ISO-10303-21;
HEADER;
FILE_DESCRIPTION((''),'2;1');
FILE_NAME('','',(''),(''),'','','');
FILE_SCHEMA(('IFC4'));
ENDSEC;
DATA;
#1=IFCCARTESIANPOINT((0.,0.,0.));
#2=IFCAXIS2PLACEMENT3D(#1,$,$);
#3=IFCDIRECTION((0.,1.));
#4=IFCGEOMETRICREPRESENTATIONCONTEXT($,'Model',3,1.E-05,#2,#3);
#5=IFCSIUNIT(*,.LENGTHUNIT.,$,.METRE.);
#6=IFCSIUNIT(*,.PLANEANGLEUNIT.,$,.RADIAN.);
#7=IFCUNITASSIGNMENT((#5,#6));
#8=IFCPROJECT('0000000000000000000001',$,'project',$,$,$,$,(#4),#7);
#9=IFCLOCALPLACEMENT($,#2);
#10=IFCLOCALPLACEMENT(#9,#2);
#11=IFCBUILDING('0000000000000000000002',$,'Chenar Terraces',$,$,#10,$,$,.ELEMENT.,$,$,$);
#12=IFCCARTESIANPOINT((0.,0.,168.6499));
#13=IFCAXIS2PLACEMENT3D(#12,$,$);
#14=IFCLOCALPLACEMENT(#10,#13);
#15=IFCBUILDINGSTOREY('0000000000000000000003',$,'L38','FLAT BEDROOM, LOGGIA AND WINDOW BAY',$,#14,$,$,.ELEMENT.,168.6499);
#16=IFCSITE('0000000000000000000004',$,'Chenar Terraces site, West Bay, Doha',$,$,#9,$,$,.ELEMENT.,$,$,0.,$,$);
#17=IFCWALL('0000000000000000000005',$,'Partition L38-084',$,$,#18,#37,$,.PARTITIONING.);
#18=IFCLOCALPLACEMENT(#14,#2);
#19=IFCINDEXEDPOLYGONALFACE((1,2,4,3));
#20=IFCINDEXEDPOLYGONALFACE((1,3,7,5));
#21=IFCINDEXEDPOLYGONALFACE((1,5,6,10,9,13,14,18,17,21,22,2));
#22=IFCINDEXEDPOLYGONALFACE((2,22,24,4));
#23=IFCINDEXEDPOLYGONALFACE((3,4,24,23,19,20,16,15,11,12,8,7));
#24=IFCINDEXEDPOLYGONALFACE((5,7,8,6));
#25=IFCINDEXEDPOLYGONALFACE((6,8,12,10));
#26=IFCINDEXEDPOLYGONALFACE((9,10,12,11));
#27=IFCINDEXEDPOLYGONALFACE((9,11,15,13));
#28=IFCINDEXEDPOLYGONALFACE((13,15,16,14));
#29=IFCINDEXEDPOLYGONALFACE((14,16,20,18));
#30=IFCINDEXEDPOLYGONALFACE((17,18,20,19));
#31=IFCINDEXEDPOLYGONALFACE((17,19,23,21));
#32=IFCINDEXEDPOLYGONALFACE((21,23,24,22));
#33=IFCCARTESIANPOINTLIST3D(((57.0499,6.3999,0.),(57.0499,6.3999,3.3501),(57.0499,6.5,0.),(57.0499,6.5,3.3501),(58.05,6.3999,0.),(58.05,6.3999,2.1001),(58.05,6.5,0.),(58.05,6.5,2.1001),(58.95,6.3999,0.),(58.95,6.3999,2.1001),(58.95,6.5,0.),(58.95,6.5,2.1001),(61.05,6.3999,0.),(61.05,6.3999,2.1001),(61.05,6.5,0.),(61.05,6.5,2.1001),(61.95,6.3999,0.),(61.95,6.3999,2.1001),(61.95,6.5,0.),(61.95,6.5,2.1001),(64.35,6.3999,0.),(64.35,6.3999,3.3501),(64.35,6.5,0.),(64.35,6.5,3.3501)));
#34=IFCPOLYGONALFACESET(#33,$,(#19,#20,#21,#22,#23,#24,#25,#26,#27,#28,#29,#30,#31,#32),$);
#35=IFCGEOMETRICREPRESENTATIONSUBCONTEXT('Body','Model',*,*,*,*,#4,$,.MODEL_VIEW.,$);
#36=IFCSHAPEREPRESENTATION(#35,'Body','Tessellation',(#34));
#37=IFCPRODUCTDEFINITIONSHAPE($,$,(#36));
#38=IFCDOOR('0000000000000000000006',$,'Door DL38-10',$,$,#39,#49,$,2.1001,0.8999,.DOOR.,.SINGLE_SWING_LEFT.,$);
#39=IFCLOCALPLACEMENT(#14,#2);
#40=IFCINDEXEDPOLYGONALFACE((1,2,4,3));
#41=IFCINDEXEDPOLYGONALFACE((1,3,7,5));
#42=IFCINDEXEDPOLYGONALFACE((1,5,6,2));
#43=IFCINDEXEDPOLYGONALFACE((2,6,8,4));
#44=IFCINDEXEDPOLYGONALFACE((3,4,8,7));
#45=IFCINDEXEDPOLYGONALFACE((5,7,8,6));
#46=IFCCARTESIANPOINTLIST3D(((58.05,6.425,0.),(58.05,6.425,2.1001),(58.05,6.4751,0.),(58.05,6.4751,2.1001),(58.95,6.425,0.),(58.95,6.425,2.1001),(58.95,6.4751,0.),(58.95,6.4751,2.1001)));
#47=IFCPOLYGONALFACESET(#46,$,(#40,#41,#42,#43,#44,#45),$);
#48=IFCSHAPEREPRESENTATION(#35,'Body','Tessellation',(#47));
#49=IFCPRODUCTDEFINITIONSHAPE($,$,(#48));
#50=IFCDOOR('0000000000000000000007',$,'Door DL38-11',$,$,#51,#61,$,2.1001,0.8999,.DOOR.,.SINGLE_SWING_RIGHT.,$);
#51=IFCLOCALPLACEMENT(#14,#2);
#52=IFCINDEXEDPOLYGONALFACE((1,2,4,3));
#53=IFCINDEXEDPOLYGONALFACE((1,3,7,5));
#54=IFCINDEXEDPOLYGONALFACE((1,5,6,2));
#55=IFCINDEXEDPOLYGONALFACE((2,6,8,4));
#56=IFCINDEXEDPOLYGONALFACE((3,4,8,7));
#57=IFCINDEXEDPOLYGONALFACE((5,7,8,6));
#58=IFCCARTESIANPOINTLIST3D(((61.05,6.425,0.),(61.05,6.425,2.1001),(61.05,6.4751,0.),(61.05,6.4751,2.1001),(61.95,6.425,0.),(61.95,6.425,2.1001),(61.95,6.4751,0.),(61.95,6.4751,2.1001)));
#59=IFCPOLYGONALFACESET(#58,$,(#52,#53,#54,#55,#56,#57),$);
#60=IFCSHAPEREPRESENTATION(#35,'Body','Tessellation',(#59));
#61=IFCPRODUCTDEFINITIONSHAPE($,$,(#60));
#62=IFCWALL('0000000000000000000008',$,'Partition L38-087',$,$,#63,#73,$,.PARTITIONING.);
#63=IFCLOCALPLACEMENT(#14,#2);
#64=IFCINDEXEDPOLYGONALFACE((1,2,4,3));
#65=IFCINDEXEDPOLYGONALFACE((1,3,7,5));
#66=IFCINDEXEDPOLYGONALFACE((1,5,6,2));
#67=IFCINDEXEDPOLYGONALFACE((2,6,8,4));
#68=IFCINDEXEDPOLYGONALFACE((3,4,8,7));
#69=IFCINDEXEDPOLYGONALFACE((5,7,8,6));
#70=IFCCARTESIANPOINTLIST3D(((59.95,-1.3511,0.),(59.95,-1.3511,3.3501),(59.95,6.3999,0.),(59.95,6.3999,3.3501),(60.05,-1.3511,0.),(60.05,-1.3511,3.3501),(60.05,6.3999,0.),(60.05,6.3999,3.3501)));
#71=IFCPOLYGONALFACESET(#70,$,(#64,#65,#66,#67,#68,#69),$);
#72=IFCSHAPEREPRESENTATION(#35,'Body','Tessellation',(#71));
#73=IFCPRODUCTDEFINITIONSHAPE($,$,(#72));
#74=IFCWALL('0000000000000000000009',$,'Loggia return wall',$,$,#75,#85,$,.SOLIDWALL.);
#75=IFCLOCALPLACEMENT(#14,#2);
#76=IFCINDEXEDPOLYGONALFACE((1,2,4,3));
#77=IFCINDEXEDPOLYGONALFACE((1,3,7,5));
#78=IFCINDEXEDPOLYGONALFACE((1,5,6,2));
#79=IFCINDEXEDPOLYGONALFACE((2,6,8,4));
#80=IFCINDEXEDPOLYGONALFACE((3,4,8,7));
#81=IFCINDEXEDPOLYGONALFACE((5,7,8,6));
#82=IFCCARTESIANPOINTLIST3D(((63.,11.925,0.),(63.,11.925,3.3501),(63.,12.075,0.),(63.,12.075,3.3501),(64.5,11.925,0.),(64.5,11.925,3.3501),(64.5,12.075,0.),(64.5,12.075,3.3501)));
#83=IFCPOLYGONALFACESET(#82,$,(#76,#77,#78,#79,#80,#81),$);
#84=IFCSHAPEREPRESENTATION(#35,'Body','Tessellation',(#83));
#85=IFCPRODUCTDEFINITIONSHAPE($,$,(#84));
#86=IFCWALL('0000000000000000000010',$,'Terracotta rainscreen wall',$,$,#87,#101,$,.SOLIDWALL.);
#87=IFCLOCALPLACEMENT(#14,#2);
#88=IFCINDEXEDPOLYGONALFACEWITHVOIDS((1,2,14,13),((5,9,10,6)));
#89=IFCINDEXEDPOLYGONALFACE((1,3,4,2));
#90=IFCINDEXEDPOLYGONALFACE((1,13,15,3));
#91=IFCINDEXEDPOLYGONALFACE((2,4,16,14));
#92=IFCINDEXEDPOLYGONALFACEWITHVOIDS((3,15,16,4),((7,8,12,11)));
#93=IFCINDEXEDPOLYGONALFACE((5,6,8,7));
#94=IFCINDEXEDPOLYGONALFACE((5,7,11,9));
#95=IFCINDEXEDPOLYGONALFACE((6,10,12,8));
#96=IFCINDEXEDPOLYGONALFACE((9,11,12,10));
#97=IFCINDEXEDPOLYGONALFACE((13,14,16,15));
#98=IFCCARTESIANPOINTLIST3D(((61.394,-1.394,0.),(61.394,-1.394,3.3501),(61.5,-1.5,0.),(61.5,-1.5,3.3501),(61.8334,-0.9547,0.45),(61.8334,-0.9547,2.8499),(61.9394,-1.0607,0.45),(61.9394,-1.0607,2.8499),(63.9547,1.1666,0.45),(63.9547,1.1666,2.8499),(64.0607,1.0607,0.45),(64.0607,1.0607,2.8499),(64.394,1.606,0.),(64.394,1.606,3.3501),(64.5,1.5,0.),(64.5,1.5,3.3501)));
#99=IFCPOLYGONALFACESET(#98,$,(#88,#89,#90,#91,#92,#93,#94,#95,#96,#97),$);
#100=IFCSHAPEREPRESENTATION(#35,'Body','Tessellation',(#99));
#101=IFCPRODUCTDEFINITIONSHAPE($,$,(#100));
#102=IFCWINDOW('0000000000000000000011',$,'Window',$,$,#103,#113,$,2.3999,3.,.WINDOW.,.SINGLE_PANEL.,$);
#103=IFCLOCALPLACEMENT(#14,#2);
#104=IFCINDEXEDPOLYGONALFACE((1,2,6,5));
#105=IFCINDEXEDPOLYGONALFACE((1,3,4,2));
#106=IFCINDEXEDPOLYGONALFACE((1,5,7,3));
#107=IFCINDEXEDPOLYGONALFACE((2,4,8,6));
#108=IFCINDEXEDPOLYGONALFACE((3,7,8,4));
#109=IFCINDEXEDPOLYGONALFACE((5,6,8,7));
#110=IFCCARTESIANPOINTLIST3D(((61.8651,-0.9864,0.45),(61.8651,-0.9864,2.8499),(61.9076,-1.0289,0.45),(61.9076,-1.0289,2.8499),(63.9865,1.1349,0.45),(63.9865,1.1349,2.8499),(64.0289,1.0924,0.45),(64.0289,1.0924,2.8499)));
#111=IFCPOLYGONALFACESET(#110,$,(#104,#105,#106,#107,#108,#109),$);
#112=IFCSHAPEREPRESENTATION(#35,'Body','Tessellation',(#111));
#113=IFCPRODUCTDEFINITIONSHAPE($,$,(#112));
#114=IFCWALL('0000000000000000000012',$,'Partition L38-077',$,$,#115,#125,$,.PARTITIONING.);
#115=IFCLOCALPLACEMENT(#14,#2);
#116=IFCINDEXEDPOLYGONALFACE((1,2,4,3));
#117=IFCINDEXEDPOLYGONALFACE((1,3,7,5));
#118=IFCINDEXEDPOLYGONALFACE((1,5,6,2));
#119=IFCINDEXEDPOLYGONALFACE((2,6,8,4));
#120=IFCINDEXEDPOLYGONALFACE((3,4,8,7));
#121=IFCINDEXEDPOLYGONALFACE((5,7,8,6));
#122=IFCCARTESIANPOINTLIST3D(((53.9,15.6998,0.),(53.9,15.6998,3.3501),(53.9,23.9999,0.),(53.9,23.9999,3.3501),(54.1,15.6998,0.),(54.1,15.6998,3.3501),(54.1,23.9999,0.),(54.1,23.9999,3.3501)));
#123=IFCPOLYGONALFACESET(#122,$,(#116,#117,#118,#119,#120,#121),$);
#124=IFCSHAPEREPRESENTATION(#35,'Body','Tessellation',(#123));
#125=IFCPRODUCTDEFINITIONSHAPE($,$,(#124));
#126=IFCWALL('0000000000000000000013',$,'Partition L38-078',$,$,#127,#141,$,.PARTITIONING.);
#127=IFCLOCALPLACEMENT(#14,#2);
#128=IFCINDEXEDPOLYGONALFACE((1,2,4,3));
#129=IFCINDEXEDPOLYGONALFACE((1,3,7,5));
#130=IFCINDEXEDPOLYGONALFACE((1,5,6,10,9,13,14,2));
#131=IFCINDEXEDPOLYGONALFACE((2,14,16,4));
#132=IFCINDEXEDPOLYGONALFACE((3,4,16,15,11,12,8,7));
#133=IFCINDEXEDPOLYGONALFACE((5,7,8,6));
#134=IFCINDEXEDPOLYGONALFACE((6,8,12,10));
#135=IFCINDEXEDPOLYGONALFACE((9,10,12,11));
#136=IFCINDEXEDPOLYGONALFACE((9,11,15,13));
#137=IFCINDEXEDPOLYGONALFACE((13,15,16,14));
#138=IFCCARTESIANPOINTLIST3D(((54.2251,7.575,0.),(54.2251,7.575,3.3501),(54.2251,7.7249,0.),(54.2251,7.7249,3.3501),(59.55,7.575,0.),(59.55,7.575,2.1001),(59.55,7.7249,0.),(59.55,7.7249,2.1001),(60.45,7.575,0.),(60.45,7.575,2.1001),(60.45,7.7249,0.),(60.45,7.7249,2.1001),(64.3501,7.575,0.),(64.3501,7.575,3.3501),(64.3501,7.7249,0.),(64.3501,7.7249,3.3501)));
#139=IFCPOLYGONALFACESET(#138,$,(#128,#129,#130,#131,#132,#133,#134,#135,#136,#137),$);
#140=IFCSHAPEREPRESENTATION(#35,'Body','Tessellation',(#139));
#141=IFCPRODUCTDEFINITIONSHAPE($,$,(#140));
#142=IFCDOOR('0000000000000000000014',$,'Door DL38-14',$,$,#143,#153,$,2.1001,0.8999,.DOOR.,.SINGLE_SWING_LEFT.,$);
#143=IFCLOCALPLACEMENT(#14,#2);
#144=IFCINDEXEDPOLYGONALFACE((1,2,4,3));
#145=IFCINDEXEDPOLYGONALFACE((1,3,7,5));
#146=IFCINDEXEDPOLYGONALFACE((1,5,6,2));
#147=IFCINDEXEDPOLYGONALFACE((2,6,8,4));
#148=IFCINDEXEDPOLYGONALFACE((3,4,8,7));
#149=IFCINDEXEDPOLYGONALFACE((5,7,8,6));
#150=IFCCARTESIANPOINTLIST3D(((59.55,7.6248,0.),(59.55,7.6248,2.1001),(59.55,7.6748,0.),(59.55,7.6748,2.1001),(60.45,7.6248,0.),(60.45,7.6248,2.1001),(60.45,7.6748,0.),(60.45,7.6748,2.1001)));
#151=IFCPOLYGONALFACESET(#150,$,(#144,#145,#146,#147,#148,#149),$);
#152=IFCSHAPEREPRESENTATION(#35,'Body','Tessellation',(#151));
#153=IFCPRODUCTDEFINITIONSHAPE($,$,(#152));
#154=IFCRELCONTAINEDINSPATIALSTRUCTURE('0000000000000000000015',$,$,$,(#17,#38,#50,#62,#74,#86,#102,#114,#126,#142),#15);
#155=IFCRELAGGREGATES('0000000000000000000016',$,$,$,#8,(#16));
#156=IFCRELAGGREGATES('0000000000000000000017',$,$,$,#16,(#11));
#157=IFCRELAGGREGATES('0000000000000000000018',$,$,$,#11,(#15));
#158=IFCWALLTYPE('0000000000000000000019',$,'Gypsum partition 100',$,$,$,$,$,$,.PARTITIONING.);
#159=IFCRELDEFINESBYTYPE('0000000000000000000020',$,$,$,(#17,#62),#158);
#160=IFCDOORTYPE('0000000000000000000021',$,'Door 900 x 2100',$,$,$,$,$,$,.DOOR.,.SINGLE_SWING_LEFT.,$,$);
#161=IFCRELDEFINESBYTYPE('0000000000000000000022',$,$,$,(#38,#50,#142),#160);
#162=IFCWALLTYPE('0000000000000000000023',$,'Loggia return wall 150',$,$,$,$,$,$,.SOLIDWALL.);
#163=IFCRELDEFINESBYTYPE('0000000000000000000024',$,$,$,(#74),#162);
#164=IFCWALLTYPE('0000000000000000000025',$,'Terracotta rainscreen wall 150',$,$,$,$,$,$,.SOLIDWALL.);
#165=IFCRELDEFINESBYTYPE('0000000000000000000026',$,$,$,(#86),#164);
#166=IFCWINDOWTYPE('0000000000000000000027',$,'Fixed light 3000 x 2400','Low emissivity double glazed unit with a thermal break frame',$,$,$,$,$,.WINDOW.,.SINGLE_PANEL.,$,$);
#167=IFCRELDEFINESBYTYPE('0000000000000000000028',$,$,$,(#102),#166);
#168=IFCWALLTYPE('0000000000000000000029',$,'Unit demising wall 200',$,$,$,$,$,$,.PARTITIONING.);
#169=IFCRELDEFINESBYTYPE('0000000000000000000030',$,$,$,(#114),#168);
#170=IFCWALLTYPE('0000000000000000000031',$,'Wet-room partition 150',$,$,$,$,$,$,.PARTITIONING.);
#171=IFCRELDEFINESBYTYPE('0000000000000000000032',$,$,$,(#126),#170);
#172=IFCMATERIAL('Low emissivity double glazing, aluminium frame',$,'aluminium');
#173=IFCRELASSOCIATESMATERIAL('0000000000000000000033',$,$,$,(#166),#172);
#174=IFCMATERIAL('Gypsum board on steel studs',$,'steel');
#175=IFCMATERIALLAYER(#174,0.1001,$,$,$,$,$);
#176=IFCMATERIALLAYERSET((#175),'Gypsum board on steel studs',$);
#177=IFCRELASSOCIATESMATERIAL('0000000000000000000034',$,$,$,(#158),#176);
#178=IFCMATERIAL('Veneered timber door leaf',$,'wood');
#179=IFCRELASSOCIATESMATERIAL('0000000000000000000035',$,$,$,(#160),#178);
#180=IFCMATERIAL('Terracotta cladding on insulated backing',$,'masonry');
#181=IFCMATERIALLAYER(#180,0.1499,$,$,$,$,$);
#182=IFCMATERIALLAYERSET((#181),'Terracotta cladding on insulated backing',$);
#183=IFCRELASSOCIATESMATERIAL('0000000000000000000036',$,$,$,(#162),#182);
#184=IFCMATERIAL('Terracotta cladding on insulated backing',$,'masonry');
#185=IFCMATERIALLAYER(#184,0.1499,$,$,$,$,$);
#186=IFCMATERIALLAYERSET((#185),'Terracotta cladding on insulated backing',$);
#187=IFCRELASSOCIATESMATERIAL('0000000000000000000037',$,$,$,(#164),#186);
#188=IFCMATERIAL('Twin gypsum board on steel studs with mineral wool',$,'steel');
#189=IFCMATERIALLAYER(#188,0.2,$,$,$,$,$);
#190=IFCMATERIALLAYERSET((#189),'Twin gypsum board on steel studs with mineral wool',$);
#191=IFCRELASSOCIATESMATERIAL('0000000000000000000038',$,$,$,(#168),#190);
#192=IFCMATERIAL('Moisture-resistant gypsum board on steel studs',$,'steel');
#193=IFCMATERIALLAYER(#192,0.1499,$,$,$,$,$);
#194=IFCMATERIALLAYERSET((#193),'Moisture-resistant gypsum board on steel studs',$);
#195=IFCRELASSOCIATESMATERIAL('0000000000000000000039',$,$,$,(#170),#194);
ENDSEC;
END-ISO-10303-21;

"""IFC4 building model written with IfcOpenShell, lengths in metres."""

from ifc_helpers import new_model, si_unit, direction, frame, frame_2d, origin, place, context, subcontext, project, spatial, rectangle, extrude, material, layer, layer_set, type_object, element, fill, save


model = new_model("IFC4")

# Units and contexts
model_context = context("Model", 3, precision=1e-05, world=origin(), true_north=direction((0.0, 1.0)))
body_context = subcontext(model_context, "Body", "Model", "MODEL_VIEW")
ifc_project = project(units=[si_unit("LENGTHUNIT", "METRE"), si_unit("PLANEANGLEUNIT", "RADIAN")], contexts=[model_context])

# Site, building, storey
site_placement = place(None, origin())
site = spatial("IfcSite", under=ifc_project, at=site_placement, Name="Chenar Terraces site, West Bay, Doha", CompositionType="ELEMENT", RefElevation=0.0)
building_placement = place(site_placement, origin())
building = spatial("IfcBuilding", under=site, at=building_placement, Name="Chenar Terraces", CompositionType="ELEMENT")
storey_placement = place(building_placement, frame((0.0, 0.0, 168.6499)))
storey = spatial("IfcBuildingStorey", under=building, at=storey_placement, Name="L38", Description="FLAT BEDROOM, LOGGIA AND WINDOW BAY", CompositionType="ELEMENT", Elevation=168.6499)

# Shared definitions
ifc_material_1 = material(Name="Low emissivity double glazing, aluminium frame", Category="aluminium")
window_type_1 = type_object("IfcWindowType", Name="Fixed light 3000 x 2400", Description="Low emissivity double glazed unit with a thermal break frame", PartitioningType="SINGLE_PANEL", PredefinedType="WINDOW", material=ifc_material_1)

# Shared definitions
ifc_material_2 = material(Name="Gypsum board on steel studs", Category="steel")
ifc_layer_1 = layer(ifc_material_2, 0.1001)
ifc_layer_set_1 = layer_set([ifc_layer_1], Name="Gypsum board on steel studs")
wall_type_1 = type_object("IfcWallType", Name="Gypsum partition 100", PredefinedType="PARTITIONING", material=ifc_layer_set_1)

# Wall, openings, doors
wall_1_placement = place(storey_placement, frame((57.05, 6.45, 0.0), z_axis=(0.0, 0.0, 1.0), x_axis=(1.0, 0.0, 0.0)))
wall_1 = element("IfcWall", 1, at=wall_1_placement, inside=storey, type_object=wall_type_1, Name="Partition L38-084", PredefinedType="PARTITIONING", context=body_context, shape_type="SweptSolid", body=[
    extrude(rectangle(XDim=7.3, YDim=0.1001, at=frame_2d((3.6499, 0.0))), origin(), (0.0, 0.0, 1.0), 3.3501),
])
opening_1_placement = place(wall_1_placement, frame((1.0, 0.0, 0.0)))
opening_1 = element("IfcOpeningElement", 2, at=opening_1_placement, cuts=wall_1, PredefinedType="OPENING", context=body_context, shape_type="SweptSolid", body=[
    extrude(rectangle(XDim=0.8999, YDim=2.1001, at=frame_2d((0.45, 1.05))), frame((0.0, 0.0601, 0.0), z_axis=(0.0, -1.0, 0.0), x_axis=(1.0, 0.0, 0.0)), (0.0, 0.0, 1.0), 0.1201),
])
opening_2_placement = place(wall_1_placement, frame((4.0, 0.0, 0.0)))
opening_2 = element("IfcOpeningElement", 3, at=opening_2_placement, cuts=wall_1, PredefinedType="OPENING", context=body_context, shape_type="SweptSolid", body=[
    extrude(rectangle(XDim=0.8999, YDim=2.1001, at=frame_2d((0.45, 1.05))), frame((0.0, 0.0601, 0.0), z_axis=(0.0, -1.0, 0.0), x_axis=(1.0, 0.0, 0.0)), (0.0, 0.0, 1.0), 0.1201),
])
ifc_material_3 = material(Name="Veneered timber door leaf", Category="wood")
door_type_1 = type_object("IfcDoorType", Name="Door 900 x 2100", OperationType="SINGLE_SWING_LEFT", PredefinedType="DOOR", material=ifc_material_3)
door_1_placement = place(opening_1_placement, frame((0.8999, 0.0, 0.0), z_axis=(0.0, 0.0, 1.0), x_axis=(-1.0, 0.0, 0.0)))
door_1 = element("IfcDoor", 4, at=door_1_placement, inside=storey, type_object=door_type_1, Name="Door DL38-10", OperationType="SINGLE_SWING_LEFT", OverallHeight=2.1001, OverallWidth=0.8999, PredefinedType="DOOR", context=body_context, shape_type="SweptSolid", body=[
    extrude(rectangle(XDim=0.8999, YDim=2.1001, at=frame_2d((0.45, 1.05))), frame((0.0, 0.0249, 0.0), z_axis=(0.0, -1.0, 0.0), x_axis=(1.0, 0.0, 0.0)), (0.0, 0.0, 1.0), 0.05),
])
fill(opening_1, door_1)
door_2_placement = place(opening_2_placement, frame((0.8999, 0.0, 0.0), z_axis=(0.0, 0.0, 1.0), x_axis=(-1.0, 0.0, 0.0)))
door_2 = element("IfcDoor", 5, at=door_2_placement, inside=storey, type_object=door_type_1, Name="Door DL38-11", OperationType="SINGLE_SWING_RIGHT", OverallHeight=2.1001, OverallWidth=0.8999, PredefinedType="DOOR", context=body_context, shape_type="SweptSolid", body=[
    extrude(rectangle(XDim=0.8999, YDim=2.1001, at=frame_2d((0.45, 1.05))), frame((0.0, 0.0249, 0.0), z_axis=(0.0, -1.0, 0.0), x_axis=(1.0, 0.0, 0.0)), (0.0, 0.0, 1.0), 0.05),
])
fill(opening_2, door_2)

# Walls
wall_2_placement = place(storey_placement, frame((60.0, -1.3511, 0.0), z_axis=(0.0, 0.0, 1.0), x_axis=(0.0, 1.0, 0.0)))
element("IfcWall", 6, at=wall_2_placement, inside=storey, type_object=wall_type_1, Name="Partition L38-087", PredefinedType="PARTITIONING", context=body_context, shape_type="SweptSolid", body=[
    extrude(rectangle(XDim=7.751, YDim=0.1001, at=frame_2d((3.8755, 0.0))), origin(), (0.0, 0.0, 1.0), 3.3501),
])
ifc_material_4 = material(Name="Terracotta cladding on insulated backing", Category="masonry")
ifc_layer_2 = layer(ifc_material_4, 0.1499)
ifc_layer_set_2 = layer_set([ifc_layer_2], Name="Terracotta cladding on insulated backing")
wall_type_2 = type_object("IfcWallType", Name="Loggia return wall 150", PredefinedType="SOLIDWALL", material=ifc_layer_set_2)
wall_3_placement = place(storey_placement, frame((64.5, 12.0, 0.0), z_axis=(0.0, 0.0, 1.0), x_axis=(-1.0, 0.0, 0.0)))
element("IfcWall", 7, at=wall_3_placement, inside=storey, type_object=wall_type_2, Name="Loggia return wall", PredefinedType="SOLIDWALL", context=body_context, shape_type="SweptSolid", body=[
    extrude(rectangle(XDim=1.5, YDim=0.1499, at=frame_2d((0.75, 0.0))), origin(), (0.0, 0.0, 1.0), 3.3501),
])

# Wall, opening, window
ifc_material_5 = material(Name="Terracotta cladding on insulated backing", Category="masonry")
ifc_layer_3 = layer(ifc_material_5, 0.1499)
ifc_layer_set_3 = layer_set([ifc_layer_3], Name="Terracotta cladding on insulated backing")
wall_type_3 = type_object("IfcWallType", Name="Terracotta rainscreen wall 150", PredefinedType="SOLIDWALL", material=ifc_layer_set_3)
wall_4_placement = place(storey_placement, frame((61.447, -1.447, 0.0), z_axis=(0.0, 0.0, 1.0), x_axis=(0.707107, 0.707107, 0.0)))
wall_4 = element("IfcWall", 8, at=wall_4_placement, inside=storey, type_object=wall_type_3, Name="Terracotta rainscreen wall", PredefinedType="SOLIDWALL", context=body_context, shape_type="SweptSolid", body=[
    extrude(rectangle(XDim=4.2427, YDim=0.1499, at=frame_2d((2.1213, 0.0))), origin(), (0.0, 0.0, 1.0), 3.3501),
])
opening_3_placement = place(wall_4_placement, frame((0.6213, 0.0, 0.45)))
opening_3 = element("IfcOpeningElement", 9, at=opening_3_placement, cuts=wall_4, PredefinedType="OPENING", context=body_context, shape_type="SweptSolid", body=[
    extrude(rectangle(XDim=3.0, YDim=2.3999, at=frame_2d((1.5, 1.2))), frame((0.0, 0.085, 0.0), z_axis=(0.0, -1.0, 0.0), x_axis=(1.0, 0.0, 0.0)), (0.0, 0.0, 1.0), 0.1699),
])
window_1_placement = place(opening_3_placement, origin())
window_1 = element("IfcWindow", 10, at=window_1_placement, inside=storey, type_object=window_type_1, Name="Window", OverallHeight=2.3999, OverallWidth=3.0, PartitioningType="SINGLE_PANEL", PredefinedType="WINDOW", context=body_context, shape_type="SweptSolid", body=[
    extrude(rectangle(XDim=3.0, YDim=2.3999, at=frame_2d((1.5, 1.2))), frame((0.0, 0.03, 0.0), z_axis=(0.0, -1.0, 0.0), x_axis=(1.0, 0.0, 0.0)), (0.0, 0.0, 1.0), 0.0601),
])
fill(opening_3, window_1)

# Wall
ifc_material_6 = material(Name="Twin gypsum board on steel studs with mineral wool", Category="steel")
ifc_layer_4 = layer(ifc_material_6, 0.2)
ifc_layer_set_4 = layer_set([ifc_layer_4], Name="Twin gypsum board on steel studs with mineral wool")
wall_type_4 = type_object("IfcWallType", Name="Unit demising wall 200", PredefinedType="PARTITIONING", material=ifc_layer_set_4)
wall_5_placement = place(storey_placement, frame((54.0, 15.7, 0.0), z_axis=(0.0, 0.0, 1.0), x_axis=(0.0, 1.0, 0.0)))
element("IfcWall", 11, at=wall_5_placement, inside=storey, type_object=wall_type_4, Name="Partition L38-077", PredefinedType="PARTITIONING", context=body_context, shape_type="SweptSolid", body=[
    extrude(rectangle(XDim=8.3, YDim=0.2, at=frame_2d((4.1499, 0.0))), origin(), (0.0, 0.0, 1.0), 3.3501),
])

# Wall, opening, door
ifc_material_7 = material(Name="Moisture-resistant gypsum board on steel studs", Category="steel")
ifc_layer_5 = layer(ifc_material_7, 0.1499)
ifc_layer_set_5 = layer_set([ifc_layer_5], Name="Moisture-resistant gypsum board on steel studs")
wall_type_5 = type_object("IfcWallType", Name="Wet-room partition 150", PredefinedType="PARTITIONING", material=ifc_layer_set_5)
wall_6_placement = place(storey_placement, frame((54.2251, 7.6499, 0.0), z_axis=(0.0, 0.0, 1.0), x_axis=(1.0, 0.0, 0.0)))
wall_6 = element("IfcWall", 12, at=wall_6_placement, inside=storey, type_object=wall_type_5, Name="Partition L38-078", PredefinedType="PARTITIONING", context=body_context, shape_type="SweptSolid", body=[
    extrude(rectangle(XDim=10.125, YDim=0.1499, at=frame_2d((5.0625, 0.0))), origin(), (0.0, 0.0, 1.0), 3.3501),
])
opening_4_placement = place(wall_6_placement, frame((5.325, 0.0, 0.0)))
opening_4 = element("IfcOpeningElement", 13, at=opening_4_placement, cuts=wall_6, PredefinedType="OPENING", context=body_context, shape_type="SweptSolid", body=[
    extrude(rectangle(XDim=0.8999, YDim=2.1001, at=frame_2d((0.45, 1.05))), frame((0.0, 0.085, 0.0), z_axis=(0.0, -1.0, 0.0), x_axis=(1.0, 0.0, 0.0)), (0.0, 0.0, 1.0), 0.1699),
])
door_3_placement = place(opening_4_placement, origin())
door_3 = element("IfcDoor", 14, at=door_3_placement, inside=storey, type_object=door_type_1, Name="Door DL38-14", OperationType="SINGLE_SWING_LEFT", OverallHeight=2.1001, OverallWidth=0.8999, PredefinedType="DOOR", context=body_context, shape_type="SweptSolid", body=[
    extrude(rectangle(XDim=0.8999, YDim=2.1001, at=frame_2d((0.45, 1.05))), frame((0.0, 0.0249, 0.0), z_axis=(0.0, -1.0, 0.0), x_axis=(1.0, 0.0, 0.0)), (0.0, 0.0, 1.0), 0.05),
])
fill(opening_4, door_3)

save(model, "model.ifc")
